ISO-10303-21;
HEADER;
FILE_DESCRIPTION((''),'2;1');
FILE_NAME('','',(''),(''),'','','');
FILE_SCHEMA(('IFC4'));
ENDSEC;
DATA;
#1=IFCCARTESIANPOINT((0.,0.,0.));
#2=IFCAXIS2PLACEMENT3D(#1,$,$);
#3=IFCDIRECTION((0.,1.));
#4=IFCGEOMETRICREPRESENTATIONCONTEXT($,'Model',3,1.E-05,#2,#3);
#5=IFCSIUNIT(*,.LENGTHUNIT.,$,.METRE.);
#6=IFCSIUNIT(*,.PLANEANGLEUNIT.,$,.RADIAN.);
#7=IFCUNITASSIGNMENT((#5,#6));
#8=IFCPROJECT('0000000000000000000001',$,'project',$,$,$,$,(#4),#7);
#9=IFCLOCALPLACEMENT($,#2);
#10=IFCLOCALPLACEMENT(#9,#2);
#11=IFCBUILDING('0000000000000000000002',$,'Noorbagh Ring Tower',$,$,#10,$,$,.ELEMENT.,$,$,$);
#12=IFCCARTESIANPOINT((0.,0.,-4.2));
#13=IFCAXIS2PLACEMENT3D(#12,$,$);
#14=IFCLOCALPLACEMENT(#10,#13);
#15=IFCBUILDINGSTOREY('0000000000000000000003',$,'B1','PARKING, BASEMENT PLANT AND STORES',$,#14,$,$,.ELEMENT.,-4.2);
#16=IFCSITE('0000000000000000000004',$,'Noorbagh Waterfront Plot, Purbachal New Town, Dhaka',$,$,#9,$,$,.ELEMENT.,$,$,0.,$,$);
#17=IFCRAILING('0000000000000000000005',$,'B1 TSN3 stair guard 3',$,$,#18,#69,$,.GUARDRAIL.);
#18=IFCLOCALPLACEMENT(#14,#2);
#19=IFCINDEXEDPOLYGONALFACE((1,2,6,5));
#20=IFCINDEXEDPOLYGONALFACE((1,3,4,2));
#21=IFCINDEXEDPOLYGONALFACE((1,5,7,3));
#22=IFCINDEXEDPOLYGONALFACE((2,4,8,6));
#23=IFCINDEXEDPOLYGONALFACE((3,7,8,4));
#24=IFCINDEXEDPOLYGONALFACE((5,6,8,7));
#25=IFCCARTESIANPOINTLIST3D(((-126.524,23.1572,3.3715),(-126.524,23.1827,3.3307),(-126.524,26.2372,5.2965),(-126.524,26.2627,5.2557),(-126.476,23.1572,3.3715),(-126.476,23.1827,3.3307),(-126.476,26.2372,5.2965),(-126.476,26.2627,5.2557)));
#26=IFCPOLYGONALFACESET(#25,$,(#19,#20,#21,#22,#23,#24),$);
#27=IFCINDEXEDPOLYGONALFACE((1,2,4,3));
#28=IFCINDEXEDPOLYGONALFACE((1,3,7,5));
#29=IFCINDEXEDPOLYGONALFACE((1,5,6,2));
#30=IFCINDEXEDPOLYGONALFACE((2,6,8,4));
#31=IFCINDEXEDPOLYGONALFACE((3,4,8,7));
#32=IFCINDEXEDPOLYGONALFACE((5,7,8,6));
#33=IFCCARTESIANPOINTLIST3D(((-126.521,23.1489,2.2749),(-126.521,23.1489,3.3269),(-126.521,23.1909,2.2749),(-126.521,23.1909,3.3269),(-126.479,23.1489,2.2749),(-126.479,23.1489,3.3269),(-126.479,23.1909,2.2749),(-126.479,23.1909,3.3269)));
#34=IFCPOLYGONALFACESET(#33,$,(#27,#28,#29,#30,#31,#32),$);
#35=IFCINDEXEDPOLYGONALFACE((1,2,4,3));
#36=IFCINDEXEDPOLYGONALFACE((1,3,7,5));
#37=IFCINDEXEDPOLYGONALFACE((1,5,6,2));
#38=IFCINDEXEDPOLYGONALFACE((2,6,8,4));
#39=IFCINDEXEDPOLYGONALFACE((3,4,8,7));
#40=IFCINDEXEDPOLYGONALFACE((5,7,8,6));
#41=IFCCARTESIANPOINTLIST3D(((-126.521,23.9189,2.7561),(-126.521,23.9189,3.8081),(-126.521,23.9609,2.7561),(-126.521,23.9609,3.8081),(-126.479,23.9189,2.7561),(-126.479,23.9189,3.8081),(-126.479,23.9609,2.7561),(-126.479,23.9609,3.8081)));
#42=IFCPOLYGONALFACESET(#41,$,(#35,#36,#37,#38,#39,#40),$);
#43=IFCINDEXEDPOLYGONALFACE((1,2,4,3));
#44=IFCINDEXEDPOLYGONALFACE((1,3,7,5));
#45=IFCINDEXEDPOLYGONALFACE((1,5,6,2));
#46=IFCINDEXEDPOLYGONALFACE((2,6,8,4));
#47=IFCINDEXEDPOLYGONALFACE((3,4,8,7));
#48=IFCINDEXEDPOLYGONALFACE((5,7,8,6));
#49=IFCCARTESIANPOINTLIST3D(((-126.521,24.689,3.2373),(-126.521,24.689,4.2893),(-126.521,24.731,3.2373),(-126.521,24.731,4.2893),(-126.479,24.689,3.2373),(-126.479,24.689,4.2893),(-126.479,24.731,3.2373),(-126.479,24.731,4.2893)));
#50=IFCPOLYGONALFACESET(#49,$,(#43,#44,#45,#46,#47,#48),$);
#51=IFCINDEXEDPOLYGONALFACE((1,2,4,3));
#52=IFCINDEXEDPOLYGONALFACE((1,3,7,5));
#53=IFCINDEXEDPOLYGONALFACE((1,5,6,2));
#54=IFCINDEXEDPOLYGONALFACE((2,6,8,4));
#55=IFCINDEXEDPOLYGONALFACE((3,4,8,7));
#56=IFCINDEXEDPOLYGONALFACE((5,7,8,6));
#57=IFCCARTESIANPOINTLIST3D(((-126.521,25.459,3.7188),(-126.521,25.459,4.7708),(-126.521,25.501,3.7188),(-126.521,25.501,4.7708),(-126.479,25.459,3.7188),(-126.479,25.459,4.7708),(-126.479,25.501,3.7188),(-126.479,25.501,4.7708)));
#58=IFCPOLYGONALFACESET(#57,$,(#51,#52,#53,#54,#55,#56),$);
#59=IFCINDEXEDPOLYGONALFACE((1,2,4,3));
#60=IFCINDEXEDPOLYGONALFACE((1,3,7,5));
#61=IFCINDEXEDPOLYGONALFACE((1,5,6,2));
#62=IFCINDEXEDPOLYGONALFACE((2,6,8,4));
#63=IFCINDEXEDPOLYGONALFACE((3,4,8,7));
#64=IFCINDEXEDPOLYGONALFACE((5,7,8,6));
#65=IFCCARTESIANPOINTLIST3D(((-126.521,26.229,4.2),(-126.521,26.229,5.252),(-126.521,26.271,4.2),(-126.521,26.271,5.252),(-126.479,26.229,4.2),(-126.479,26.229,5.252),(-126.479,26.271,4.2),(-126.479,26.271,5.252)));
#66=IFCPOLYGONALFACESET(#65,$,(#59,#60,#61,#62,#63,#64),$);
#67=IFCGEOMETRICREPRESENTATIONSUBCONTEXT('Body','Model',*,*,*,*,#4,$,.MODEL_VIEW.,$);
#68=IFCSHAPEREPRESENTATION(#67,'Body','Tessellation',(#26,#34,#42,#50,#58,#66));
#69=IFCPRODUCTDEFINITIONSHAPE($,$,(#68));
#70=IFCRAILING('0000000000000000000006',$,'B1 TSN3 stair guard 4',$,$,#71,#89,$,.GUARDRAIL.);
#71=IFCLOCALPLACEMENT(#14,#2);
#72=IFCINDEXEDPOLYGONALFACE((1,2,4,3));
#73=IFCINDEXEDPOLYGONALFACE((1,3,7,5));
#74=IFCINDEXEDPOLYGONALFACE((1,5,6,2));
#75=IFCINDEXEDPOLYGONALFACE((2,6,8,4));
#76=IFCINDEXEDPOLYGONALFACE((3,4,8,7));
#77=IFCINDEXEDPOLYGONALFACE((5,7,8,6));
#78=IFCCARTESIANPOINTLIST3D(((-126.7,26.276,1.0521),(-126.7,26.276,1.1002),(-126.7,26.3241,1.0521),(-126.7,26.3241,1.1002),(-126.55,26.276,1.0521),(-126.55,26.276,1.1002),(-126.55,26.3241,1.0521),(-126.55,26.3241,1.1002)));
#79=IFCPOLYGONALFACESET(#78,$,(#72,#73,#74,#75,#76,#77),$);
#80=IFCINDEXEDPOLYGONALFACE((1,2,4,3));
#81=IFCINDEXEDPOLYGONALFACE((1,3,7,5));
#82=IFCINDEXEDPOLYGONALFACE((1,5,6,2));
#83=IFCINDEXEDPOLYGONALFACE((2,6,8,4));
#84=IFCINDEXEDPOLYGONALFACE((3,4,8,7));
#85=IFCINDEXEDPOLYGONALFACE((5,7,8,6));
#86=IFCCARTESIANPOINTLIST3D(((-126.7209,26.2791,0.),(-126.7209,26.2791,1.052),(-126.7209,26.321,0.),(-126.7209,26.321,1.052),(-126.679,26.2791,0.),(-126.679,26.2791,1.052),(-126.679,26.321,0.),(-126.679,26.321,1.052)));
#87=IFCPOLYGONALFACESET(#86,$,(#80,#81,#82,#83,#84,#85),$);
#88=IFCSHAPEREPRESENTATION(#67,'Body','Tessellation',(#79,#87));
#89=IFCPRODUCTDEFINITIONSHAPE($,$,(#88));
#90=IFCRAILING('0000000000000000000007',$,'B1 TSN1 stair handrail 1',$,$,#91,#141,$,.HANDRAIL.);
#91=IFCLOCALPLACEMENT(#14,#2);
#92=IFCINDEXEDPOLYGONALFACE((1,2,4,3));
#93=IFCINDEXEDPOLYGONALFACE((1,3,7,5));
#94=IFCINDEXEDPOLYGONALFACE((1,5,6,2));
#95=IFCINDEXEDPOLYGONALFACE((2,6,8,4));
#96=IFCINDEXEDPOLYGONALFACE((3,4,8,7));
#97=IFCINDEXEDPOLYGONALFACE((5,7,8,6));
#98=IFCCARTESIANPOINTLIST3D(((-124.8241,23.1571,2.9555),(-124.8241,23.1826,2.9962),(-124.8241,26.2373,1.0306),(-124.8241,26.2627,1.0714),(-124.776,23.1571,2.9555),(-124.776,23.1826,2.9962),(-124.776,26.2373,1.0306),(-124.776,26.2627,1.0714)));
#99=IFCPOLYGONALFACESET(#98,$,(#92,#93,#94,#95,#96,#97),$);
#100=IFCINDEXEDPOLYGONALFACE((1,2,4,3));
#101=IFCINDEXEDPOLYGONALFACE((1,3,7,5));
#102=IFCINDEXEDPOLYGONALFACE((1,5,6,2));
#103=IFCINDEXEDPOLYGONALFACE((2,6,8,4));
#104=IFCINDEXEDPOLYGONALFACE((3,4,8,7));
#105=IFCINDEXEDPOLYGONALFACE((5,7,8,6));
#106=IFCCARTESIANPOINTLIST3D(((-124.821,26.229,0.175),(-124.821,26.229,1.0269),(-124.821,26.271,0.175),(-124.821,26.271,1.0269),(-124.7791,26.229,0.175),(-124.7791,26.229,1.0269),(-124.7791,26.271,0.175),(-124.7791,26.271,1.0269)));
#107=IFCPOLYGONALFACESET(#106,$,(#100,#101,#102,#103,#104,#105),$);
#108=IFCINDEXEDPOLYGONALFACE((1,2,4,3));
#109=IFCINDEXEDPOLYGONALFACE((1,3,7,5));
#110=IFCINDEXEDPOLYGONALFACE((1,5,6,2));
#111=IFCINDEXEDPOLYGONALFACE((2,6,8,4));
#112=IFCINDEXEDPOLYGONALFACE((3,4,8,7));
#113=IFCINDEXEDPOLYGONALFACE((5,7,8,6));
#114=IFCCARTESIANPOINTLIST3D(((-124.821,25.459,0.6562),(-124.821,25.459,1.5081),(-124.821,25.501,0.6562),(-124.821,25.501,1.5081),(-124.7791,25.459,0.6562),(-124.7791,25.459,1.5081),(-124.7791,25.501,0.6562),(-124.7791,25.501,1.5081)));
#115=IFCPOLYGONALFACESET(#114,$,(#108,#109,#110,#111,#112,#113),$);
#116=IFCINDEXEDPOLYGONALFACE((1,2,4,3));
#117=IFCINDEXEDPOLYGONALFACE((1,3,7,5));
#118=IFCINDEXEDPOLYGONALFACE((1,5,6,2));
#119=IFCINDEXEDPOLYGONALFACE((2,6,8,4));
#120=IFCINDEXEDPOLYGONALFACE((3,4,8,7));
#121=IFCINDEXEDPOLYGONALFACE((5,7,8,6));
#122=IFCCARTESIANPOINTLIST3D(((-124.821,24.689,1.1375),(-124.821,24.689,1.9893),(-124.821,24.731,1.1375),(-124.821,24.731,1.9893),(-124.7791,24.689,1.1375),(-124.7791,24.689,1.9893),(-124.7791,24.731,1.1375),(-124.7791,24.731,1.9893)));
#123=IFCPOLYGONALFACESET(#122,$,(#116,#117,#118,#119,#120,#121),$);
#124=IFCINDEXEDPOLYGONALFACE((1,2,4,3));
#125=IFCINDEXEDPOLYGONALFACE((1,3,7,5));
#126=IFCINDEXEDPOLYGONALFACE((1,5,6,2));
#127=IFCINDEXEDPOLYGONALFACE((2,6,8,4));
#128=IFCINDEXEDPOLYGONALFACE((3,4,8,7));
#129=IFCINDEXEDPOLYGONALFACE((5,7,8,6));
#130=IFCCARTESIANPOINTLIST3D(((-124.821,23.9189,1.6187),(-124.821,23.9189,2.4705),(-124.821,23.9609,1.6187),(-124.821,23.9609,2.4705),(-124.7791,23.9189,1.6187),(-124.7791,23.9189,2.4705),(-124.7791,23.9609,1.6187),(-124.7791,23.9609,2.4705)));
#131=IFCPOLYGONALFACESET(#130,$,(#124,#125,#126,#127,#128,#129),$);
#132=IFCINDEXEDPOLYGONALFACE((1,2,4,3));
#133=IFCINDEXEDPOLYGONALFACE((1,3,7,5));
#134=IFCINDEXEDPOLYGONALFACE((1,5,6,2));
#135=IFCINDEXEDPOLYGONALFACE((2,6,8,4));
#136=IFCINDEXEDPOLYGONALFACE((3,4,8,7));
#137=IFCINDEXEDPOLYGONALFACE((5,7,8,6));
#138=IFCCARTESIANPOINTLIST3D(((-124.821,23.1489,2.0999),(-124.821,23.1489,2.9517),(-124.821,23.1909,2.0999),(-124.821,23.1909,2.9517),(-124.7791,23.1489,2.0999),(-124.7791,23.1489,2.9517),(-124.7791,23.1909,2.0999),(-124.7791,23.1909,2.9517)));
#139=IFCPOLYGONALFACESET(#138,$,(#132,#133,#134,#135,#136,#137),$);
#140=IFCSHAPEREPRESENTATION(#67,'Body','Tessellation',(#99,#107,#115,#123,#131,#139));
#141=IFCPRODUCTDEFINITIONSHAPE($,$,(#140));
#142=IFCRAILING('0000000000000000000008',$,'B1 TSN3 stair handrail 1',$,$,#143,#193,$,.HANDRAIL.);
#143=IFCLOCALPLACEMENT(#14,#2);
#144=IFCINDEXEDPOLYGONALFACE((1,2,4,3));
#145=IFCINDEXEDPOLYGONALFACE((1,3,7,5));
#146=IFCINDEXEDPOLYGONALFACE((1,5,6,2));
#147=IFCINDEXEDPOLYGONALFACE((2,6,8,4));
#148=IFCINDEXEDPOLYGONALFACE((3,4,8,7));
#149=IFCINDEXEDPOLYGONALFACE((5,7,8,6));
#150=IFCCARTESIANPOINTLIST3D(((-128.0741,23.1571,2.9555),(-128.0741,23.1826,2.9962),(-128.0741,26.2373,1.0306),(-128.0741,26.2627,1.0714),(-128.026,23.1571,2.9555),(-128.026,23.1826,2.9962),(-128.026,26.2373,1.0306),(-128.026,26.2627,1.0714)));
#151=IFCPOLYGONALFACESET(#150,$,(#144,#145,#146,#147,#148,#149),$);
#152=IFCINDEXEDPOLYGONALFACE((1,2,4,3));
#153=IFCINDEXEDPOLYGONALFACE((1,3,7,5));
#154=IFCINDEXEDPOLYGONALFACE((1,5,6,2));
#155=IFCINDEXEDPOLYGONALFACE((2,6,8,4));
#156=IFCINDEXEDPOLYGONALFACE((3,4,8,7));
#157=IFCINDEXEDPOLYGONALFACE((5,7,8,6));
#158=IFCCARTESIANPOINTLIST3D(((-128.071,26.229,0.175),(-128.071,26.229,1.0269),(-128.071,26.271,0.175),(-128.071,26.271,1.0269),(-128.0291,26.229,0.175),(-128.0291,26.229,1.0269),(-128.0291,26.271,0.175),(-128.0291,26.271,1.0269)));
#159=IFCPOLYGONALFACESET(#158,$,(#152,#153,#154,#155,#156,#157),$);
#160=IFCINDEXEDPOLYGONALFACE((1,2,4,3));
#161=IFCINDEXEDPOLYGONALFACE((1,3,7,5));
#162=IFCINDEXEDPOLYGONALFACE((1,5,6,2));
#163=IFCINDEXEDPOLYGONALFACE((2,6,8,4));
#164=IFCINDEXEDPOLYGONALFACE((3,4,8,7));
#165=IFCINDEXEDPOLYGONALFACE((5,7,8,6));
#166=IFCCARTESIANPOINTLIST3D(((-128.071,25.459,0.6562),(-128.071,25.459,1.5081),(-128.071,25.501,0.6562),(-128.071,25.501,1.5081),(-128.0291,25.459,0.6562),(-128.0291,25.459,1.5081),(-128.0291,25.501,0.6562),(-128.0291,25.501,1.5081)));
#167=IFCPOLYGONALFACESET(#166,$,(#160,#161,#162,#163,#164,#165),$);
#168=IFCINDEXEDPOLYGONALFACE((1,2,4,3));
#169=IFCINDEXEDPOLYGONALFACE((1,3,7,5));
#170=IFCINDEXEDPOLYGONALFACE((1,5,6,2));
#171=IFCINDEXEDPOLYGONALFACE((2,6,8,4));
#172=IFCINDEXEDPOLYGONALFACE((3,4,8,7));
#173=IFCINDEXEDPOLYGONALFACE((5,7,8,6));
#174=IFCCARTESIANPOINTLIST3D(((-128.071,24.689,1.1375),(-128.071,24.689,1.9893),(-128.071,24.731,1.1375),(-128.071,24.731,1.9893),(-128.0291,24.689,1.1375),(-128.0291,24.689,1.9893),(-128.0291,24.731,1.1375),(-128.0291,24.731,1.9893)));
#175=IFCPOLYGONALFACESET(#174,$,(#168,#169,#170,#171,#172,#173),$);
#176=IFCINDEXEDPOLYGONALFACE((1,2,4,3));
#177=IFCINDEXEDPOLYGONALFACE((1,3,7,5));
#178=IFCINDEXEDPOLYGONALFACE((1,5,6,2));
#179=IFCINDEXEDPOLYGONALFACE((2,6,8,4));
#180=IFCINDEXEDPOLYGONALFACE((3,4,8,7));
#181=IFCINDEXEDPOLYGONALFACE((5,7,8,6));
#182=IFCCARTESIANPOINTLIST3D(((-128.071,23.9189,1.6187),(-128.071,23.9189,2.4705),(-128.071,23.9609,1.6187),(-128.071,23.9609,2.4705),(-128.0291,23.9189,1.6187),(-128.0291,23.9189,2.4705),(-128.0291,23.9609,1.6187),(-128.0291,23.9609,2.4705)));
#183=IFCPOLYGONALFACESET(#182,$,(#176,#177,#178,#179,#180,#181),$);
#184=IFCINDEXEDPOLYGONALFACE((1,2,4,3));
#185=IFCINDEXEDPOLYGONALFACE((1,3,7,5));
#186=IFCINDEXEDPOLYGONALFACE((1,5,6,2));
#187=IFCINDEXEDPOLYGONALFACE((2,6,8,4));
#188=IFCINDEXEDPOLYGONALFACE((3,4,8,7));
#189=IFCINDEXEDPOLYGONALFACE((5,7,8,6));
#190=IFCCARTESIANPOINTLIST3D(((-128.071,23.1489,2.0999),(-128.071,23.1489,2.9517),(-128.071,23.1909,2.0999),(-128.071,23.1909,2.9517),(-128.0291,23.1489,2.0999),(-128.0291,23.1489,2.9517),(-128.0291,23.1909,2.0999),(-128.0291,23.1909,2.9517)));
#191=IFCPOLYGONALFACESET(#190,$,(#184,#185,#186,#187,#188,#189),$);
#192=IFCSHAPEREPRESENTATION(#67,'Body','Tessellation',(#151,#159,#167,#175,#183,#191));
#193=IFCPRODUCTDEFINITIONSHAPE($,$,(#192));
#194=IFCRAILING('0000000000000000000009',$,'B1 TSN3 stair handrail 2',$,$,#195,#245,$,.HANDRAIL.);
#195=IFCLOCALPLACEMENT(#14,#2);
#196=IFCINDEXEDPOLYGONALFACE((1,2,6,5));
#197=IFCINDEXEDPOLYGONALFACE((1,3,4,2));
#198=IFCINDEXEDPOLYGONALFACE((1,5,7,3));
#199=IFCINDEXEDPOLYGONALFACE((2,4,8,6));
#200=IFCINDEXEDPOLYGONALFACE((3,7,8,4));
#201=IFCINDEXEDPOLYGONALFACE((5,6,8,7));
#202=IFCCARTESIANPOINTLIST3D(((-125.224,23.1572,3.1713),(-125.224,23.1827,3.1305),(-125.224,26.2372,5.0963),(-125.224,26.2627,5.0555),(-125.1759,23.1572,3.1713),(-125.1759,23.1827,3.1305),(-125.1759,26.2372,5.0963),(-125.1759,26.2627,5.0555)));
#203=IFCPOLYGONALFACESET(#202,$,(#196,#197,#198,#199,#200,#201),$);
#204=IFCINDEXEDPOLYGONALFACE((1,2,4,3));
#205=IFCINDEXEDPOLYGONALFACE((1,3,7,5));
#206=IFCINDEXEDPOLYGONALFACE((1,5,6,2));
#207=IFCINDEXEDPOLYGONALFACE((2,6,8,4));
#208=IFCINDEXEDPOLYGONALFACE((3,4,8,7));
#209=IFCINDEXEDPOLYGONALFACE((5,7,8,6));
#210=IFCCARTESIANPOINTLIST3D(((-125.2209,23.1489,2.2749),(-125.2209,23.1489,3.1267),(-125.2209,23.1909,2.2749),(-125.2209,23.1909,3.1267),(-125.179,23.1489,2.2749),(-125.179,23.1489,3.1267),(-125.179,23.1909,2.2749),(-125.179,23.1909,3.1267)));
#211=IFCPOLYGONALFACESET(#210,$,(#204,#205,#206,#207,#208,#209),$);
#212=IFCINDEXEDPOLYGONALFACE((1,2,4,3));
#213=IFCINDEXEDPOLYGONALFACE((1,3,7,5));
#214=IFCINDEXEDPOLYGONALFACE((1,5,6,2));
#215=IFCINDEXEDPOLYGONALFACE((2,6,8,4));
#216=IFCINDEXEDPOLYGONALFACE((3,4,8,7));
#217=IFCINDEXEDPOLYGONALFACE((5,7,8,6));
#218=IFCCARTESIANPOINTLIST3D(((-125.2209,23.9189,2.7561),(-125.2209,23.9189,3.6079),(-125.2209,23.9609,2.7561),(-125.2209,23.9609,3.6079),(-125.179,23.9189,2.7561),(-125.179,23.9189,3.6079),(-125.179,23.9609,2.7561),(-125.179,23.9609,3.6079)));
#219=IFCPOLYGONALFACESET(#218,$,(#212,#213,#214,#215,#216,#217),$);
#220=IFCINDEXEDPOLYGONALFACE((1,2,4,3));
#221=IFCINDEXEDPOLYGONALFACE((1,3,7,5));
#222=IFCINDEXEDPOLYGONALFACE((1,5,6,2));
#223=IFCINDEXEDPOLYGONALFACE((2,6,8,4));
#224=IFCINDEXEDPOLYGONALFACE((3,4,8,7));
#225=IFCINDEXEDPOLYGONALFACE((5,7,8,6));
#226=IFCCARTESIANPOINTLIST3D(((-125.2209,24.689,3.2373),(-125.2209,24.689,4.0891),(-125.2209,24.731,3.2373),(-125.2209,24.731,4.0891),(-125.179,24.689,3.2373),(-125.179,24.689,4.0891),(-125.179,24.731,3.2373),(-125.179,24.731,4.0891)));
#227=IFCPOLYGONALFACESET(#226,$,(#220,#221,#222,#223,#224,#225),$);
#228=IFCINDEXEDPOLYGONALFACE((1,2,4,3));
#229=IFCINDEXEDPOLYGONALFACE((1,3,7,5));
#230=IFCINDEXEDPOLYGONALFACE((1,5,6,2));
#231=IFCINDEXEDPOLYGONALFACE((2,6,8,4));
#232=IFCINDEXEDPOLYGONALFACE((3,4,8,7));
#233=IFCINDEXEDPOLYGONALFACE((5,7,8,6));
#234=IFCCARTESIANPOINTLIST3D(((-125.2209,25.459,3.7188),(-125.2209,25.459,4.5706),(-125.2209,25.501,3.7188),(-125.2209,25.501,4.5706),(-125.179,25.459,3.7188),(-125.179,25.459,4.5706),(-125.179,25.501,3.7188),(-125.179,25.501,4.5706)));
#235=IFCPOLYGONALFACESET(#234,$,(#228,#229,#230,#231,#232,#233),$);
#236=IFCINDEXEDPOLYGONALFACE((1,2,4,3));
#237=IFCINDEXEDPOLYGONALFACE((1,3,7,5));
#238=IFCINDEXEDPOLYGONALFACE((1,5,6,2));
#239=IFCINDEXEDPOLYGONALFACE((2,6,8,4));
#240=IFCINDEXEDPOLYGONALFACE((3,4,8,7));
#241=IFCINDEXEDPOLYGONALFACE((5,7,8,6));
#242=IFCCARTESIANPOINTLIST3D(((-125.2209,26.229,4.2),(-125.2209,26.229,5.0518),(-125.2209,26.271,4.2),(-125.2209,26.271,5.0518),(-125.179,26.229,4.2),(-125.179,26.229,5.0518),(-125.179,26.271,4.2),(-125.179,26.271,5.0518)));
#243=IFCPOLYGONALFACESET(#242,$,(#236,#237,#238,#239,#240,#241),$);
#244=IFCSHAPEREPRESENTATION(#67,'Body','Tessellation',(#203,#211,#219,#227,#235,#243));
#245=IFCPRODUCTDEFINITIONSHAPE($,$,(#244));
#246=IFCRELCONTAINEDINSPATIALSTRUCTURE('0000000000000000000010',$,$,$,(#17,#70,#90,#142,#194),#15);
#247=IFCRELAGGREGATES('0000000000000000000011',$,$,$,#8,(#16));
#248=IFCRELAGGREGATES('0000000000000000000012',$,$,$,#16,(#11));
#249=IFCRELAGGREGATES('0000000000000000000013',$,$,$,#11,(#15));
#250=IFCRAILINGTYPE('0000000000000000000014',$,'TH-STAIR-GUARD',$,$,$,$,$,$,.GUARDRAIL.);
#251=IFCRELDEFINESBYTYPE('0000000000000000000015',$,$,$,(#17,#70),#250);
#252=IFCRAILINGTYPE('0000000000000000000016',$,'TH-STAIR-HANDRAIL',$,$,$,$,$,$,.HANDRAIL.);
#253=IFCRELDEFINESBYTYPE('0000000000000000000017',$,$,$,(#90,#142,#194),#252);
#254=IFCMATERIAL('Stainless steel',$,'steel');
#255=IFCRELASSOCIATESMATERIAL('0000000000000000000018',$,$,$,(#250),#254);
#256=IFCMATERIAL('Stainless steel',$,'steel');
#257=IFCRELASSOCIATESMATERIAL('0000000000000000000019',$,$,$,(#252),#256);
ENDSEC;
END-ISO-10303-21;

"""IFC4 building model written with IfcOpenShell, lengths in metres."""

from ifc_helpers import new_model, si_unit, direction, frame, origin, origin_2d, place, context, subcontext, project, spatial, rectangle, extrude, material, type_object, element, save


model = new_model("IFC4")

# Units and contexts
model_context = context("Model", 3, precision=1e-05, world=origin(), true_north=direction((0.0, 1.0)))
body_context = subcontext(model_context, "Body", "Model", "MODEL_VIEW")
ifc_project = project(units=[si_unit("LENGTHUNIT", "METRE"), si_unit("PLANEANGLEUNIT", "RADIAN")], contexts=[model_context])

# Site, building, storey
site_placement = place(None, origin())
site = spatial("IfcSite", under=ifc_project, at=site_placement, Name="Noorbagh Waterfront Plot, Purbachal New Town, Dhaka", CompositionType="ELEMENT", RefElevation=0.0)
building_placement = place(site_placement, origin())
building = spatial("IfcBuilding", under=site, at=building_placement, Name="Noorbagh Ring Tower", CompositionType="ELEMENT")
storey_placement = place(building_placement, frame((0.0, 0.0, -4.2)))
storey = spatial("IfcBuildingStorey", under=building, at=storey_placement, Name="B1", Description="PARKING, BASEMENT PLANT AND STORES", CompositionType="ELEMENT", Elevation=-4.2)

# Railings
ifc_material_1 = material(Name="Stainless steel", Category="steel")
railing_type_1 = type_object("IfcRailingType", Name="TH-STAIR-GUARD", PredefinedType="GUARDRAIL", material=ifc_material_1)
railing_1_placement = place(storey_placement, frame((-126.5, 23.1699, 2.2749)))
element("IfcRailing", 1, at=railing_1_placement, inside=storey, type_object=railing_type_1, Name="B1 TSN3 stair guard 3", PredefinedType="GUARDRAIL", context=body_context, shape_type="SweptSolid", body=[
    extrude(rectangle(XDim=0.0481, YDim=0.0481, at=origin_2d()), frame((0.0, 0.0, 1.0762), z_axis=(0.0, 0.847998, 0.529999), x_axis=(-1.0, 0.0, 0.0)), (0.0, 0.0, 1.0), 3.6321),
    extrude(rectangle(XDim=0.042, YDim=0.042, at=origin_2d()), origin(), (0.0, 0.0, 1.0), 1.052),
    extrude(rectangle(XDim=0.042, YDim=0.042, at=origin_2d()), frame((0.0, 0.77, 0.4812)), (0.0, 0.0, 1.0), 1.052),
    extrude(rectangle(XDim=0.042, YDim=0.042, at=origin_2d()), frame((0.0, 1.54, 0.9624)), (0.0, 0.0, 1.0), 1.052),
    extrude(rectangle(XDim=0.042, YDim=0.042, at=origin_2d()), frame((0.0, 2.3101, 1.4438)), (0.0, 0.0, 1.0), 1.052),
    extrude(rectangle(XDim=0.042, YDim=0.042, at=origin_2d()), frame((0.0, 3.0801, 1.925)), (0.0, 0.0, 1.0), 1.052),
])
railing_2_placement = place(storey_placement, frame((-126.7, 26.3, 0.0)))
element("IfcRailing", 2, at=railing_2_placement, inside=storey, type_object=railing_type_1, Name="B1 TSN3 stair guard 4", PredefinedType="GUARDRAIL", context=body_context, shape_type="SweptSolid", body=[
    extrude(rectangle(XDim=0.0481, YDim=0.0481, at=origin_2d()), frame((0.0, 0.0, 1.0762), z_axis=(1.0, 0.0, 0.0), x_axis=(0.0, 1.0, 0.0)), (0.0, 0.0, 1.0), 0.1499),
    extrude(rectangle(XDim=0.042, YDim=0.042, at=origin_2d()), origin(), (0.0, 0.0, 1.0), 1.052),
])
ifc_material_2 = material(Name="Stainless steel", Category="steel")
railing_type_2 = type_object("IfcRailingType", Name="TH-STAIR-HANDRAIL", PredefinedType="HANDRAIL", material=ifc_material_2)
for number, where, name in (
    (3, (-124.8, 26.25, 0.175), "B1 TSN1 stair handrail 1"),
    (4, (-128.05, 26.25, 0.175), "B1 TSN3 stair handrail 1"),
):
    element("IfcRailing", number, at=place(storey_placement, frame(where)), inside=storey, type_object=railing_type_2, Name=name, PredefinedType="HANDRAIL", context=body_context, shape_type="SweptSolid", body=[
        extrude(rectangle(XDim=0.0481, YDim=0.0481, at=origin_2d()), frame((0.0, 0.0, 0.876), z_axis=(0.0, -0.848029, 0.529951), x_axis=(1.0, 0.0, 0.0)), (0.0, 0.0, 1.0), 3.6321),
        extrude(rectangle(XDim=0.042, YDim=0.042, at=origin_2d()), origin(), (0.0, 0.0, 1.0), 0.8518),
        extrude(rectangle(XDim=0.042, YDim=0.042, at=origin_2d()), frame((0.0, -0.77, 0.4812)), (0.0, 0.0, 1.0), 0.8518),
        extrude(rectangle(XDim=0.042, YDim=0.042, at=origin_2d()), frame((0.0, -1.54, 0.9624)), (0.0, 0.0, 1.0), 0.8518),
        extrude(rectangle(XDim=0.042, YDim=0.042, at=origin_2d()), frame((0.0, -2.3101, 1.4436)), (0.0, 0.0, 1.0), 0.8518),
        extrude(rectangle(XDim=0.042, YDim=0.042, at=origin_2d()), frame((0.0, -3.0801, 1.9248)), (0.0, 0.0, 1.0), 0.8518),
    ])
railing_3_placement = place(storey_placement, frame((-125.2, 23.1699, 2.2749)))
element("IfcRailing", 5, at=railing_3_placement, inside=storey, type_object=railing_type_2, Name="B1 TSN3 stair handrail 2", PredefinedType="HANDRAIL", context=body_context, shape_type="SweptSolid", body=[
    extrude(rectangle(XDim=0.0481, YDim=0.0481, at=origin_2d()), frame((0.0, 0.0, 0.876), z_axis=(0.0, 0.847998, 0.529999), x_axis=(-1.0, 0.0, 0.0)), (0.0, 0.0, 1.0), 3.6321),
    extrude(rectangle(XDim=0.042, YDim=0.042, at=origin_2d()), origin(), (0.0, 0.0, 1.0), 0.8518),
    extrude(rectangle(XDim=0.042, YDim=0.042, at=origin_2d()), frame((0.0, 0.77, 0.4812)), (0.0, 0.0, 1.0), 0.8518),
    extrude(rectangle(XDim=0.042, YDim=0.042, at=origin_2d()), frame((0.0, 1.54, 0.9624)), (0.0, 0.0, 1.0), 0.8518),
    extrude(rectangle(XDim=0.042, YDim=0.042, at=origin_2d()), frame((0.0, 2.3101, 1.4438)), (0.0, 0.0, 1.0), 0.8518),
    extrude(rectangle(XDim=0.042, YDim=0.042, at=origin_2d()), frame((0.0, 3.0801, 1.925)), (0.0, 0.0, 1.0), 0.8518),
])

save(model, "model.ifc")
